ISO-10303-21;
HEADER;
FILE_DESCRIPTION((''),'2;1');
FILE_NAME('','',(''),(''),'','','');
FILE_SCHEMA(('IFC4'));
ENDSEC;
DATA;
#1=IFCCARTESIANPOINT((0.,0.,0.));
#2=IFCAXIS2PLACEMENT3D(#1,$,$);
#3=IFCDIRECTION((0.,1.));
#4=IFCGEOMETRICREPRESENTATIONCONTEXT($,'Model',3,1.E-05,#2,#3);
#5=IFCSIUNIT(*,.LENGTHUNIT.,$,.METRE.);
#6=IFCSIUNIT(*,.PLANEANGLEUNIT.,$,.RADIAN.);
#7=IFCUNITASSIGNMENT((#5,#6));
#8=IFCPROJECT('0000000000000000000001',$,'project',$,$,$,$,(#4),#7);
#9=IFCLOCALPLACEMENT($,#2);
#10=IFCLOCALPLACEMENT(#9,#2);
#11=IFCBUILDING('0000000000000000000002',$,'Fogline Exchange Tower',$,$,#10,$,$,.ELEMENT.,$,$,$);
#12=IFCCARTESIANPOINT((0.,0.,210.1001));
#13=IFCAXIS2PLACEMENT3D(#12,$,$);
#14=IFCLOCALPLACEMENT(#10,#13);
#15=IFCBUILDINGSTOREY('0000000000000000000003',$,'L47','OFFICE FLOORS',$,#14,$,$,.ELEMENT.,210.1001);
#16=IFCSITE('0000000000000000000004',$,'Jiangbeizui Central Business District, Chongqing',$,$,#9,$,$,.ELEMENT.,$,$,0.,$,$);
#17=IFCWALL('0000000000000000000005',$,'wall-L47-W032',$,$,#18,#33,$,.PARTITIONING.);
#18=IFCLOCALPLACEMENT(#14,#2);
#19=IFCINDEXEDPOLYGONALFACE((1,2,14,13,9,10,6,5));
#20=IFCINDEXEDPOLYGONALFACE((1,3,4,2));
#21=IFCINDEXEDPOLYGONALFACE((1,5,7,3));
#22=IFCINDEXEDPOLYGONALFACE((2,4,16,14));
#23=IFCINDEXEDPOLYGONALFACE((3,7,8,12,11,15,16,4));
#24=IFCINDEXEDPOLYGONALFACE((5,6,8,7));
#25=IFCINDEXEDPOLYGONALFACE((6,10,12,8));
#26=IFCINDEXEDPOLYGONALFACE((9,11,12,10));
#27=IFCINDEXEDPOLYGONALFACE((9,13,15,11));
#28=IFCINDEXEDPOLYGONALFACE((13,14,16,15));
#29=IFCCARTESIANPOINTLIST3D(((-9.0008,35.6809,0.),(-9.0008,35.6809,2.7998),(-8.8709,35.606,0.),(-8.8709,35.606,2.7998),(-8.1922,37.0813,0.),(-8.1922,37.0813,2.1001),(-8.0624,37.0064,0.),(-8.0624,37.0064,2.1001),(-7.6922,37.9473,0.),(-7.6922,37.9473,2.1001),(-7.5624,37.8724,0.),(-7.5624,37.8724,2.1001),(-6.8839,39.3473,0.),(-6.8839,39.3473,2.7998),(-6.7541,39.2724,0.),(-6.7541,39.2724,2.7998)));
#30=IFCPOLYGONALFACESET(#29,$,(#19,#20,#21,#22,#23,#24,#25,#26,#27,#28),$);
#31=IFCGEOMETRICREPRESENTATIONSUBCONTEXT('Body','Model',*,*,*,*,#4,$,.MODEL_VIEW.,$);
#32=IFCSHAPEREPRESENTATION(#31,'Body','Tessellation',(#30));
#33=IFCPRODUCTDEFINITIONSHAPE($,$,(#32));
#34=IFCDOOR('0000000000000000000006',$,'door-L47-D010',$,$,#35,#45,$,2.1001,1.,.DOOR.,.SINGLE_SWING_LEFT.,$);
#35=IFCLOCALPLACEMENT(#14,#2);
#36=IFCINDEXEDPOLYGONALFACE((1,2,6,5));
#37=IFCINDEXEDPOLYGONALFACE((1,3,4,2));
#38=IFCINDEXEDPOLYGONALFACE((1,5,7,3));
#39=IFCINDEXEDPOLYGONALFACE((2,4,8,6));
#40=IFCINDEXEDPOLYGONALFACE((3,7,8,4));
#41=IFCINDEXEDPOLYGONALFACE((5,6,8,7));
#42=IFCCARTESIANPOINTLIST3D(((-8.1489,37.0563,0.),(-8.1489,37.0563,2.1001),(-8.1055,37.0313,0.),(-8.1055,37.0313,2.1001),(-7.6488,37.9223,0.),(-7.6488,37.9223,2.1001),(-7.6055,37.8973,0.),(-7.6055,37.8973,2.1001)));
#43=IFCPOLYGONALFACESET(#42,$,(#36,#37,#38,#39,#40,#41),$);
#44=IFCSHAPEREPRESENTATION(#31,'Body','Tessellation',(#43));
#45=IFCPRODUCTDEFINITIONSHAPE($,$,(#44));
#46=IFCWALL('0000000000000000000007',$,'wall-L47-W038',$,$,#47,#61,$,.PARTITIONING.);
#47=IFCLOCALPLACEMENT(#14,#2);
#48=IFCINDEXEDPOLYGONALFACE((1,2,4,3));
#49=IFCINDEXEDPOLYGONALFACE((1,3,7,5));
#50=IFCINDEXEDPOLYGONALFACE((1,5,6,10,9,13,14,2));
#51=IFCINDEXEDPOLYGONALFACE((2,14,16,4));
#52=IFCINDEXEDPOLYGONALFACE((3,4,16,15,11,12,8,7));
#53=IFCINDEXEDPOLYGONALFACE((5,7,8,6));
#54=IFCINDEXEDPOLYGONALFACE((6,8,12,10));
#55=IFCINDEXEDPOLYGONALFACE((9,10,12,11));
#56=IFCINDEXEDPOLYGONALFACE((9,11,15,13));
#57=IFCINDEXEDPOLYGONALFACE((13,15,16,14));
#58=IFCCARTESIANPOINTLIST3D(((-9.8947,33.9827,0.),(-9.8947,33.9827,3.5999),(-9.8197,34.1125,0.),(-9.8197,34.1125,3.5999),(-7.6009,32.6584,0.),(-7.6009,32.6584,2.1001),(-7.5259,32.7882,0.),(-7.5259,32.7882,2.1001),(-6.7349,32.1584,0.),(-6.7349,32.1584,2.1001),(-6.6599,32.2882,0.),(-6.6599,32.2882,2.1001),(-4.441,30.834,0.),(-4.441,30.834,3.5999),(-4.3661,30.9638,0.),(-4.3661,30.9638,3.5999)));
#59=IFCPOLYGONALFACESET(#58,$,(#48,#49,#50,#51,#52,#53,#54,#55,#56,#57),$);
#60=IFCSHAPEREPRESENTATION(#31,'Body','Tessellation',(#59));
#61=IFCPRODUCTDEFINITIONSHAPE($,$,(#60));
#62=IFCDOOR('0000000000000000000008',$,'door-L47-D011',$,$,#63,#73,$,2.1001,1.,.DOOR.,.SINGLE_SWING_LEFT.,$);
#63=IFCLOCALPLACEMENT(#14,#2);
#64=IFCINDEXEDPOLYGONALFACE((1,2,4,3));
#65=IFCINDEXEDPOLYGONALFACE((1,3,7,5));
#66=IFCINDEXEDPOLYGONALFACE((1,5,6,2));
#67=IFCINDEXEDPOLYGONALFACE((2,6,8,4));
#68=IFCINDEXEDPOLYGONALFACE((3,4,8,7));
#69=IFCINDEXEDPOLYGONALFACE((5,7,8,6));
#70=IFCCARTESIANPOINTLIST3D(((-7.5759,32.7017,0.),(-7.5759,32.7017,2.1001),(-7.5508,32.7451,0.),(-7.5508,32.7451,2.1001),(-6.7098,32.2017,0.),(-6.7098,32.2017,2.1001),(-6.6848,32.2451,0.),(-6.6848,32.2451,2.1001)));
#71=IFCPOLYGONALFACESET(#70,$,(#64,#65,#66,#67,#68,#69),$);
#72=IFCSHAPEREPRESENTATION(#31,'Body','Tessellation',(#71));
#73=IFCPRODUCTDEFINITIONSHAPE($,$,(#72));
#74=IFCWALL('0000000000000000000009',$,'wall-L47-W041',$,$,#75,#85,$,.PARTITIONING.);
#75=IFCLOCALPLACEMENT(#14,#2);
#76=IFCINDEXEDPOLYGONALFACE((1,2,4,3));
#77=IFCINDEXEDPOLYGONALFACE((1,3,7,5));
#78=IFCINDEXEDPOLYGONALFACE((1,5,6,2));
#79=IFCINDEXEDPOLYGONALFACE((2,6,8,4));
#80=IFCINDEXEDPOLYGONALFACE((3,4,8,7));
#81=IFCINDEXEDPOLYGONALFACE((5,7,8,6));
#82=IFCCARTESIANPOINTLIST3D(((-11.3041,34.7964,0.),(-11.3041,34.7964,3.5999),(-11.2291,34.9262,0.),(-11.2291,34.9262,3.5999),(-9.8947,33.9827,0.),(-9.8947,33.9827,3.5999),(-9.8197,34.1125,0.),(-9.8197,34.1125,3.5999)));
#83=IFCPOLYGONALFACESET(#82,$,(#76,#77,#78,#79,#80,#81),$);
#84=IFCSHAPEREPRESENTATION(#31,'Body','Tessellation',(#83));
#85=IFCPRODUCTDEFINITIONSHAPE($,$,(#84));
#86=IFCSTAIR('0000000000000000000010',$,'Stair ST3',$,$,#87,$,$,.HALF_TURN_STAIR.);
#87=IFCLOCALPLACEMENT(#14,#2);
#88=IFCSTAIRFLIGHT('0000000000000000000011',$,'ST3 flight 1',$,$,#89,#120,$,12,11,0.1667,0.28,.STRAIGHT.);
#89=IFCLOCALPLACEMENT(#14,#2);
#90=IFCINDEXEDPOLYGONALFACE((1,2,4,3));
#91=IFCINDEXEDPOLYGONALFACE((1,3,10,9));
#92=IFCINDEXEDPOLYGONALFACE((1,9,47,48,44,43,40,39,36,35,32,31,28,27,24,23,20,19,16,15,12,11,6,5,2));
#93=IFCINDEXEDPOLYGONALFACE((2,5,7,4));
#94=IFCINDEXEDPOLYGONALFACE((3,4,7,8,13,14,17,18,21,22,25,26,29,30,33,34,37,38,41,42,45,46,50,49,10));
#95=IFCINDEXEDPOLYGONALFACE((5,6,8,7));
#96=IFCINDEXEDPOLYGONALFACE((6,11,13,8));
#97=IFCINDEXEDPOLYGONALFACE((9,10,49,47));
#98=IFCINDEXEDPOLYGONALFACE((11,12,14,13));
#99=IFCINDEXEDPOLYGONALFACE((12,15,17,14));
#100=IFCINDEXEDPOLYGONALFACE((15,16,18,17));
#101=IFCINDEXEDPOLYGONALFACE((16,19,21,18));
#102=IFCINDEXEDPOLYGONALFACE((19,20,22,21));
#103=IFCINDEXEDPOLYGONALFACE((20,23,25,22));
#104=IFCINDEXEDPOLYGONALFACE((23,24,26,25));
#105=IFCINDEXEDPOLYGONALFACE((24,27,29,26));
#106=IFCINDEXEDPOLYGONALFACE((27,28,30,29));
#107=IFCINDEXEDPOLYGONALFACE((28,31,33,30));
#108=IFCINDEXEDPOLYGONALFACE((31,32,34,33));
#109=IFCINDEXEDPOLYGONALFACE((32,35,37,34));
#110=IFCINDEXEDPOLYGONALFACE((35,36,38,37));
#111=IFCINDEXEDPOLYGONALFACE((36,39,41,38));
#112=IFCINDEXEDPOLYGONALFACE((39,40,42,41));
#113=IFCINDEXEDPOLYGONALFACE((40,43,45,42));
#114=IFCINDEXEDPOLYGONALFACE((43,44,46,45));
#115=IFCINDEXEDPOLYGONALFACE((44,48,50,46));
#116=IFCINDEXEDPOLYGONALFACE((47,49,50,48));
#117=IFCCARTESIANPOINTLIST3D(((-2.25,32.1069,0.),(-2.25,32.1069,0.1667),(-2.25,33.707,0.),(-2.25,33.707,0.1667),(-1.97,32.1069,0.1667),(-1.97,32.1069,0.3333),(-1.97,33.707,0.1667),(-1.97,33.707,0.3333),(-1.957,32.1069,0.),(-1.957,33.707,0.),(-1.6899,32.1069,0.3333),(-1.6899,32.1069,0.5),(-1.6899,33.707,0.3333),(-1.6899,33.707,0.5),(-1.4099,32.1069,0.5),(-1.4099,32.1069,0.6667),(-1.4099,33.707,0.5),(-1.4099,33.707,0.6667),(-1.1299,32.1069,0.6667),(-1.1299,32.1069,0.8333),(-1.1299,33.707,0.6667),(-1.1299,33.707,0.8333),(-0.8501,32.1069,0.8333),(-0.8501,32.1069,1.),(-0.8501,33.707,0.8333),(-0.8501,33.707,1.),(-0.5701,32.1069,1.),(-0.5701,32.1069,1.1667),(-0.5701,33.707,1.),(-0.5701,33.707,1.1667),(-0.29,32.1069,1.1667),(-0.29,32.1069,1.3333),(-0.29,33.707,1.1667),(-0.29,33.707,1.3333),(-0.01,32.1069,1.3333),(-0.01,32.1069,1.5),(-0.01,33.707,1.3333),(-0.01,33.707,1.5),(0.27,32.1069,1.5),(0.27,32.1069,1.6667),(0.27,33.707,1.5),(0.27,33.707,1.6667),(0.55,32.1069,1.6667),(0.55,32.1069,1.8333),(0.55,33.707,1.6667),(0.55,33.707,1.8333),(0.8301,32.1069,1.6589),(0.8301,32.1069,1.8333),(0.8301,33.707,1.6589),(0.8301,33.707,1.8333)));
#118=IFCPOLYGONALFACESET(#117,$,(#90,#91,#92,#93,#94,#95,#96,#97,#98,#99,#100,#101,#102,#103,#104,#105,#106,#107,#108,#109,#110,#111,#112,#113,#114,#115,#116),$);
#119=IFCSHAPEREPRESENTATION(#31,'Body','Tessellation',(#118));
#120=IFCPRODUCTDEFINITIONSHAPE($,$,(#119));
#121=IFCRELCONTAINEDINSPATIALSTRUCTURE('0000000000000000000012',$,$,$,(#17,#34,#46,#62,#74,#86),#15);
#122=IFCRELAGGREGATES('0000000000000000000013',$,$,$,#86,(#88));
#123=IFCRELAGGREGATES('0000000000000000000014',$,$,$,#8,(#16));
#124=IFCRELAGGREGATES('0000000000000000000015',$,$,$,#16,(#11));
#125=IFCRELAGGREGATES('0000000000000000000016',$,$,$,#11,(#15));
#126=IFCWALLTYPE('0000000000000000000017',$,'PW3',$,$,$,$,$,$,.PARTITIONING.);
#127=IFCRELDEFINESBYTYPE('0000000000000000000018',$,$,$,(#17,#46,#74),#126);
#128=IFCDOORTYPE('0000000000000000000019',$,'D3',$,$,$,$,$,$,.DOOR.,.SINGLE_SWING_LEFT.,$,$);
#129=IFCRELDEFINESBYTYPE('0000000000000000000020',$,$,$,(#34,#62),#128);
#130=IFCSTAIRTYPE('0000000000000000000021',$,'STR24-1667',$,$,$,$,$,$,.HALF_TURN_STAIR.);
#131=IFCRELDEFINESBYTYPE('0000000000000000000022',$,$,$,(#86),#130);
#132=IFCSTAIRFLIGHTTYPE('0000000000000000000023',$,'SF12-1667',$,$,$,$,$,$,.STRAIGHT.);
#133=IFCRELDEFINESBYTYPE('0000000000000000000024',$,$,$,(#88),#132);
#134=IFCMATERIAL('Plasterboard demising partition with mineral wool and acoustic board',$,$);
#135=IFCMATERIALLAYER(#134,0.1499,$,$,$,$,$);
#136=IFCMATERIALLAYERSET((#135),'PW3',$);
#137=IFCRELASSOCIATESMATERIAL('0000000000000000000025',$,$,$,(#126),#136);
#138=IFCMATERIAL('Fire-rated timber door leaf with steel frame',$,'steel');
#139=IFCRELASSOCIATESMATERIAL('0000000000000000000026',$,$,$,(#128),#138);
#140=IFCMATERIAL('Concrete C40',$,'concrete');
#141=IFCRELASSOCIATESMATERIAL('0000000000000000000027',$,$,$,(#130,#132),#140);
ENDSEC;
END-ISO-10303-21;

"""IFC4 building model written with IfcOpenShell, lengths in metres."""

from ifc_helpers import new_model, si_unit, direction, frame, frame_2d, origin, place, context, subcontext, project, spatial, polyline, rectangle, outline, extrude, material, layer, layer_set, type_object, element, fill, aggregate, save


model = new_model("IFC4")

# Units and contexts
model_context = context("Model", 3, precision=1e-05, world=origin(), true_north=direction((0.0, 1.0)))
body_context = subcontext(model_context, "Body", "Model", "MODEL_VIEW")
ifc_project = project(units=[si_unit("LENGTHUNIT", "METRE"), si_unit("PLANEANGLEUNIT", "RADIAN")], contexts=[model_context])

# Site, building, storey
site_placement = place(None, origin())
site = spatial("IfcSite", under=ifc_project, at=site_placement, Name="Jiangbeizui Central Business District, Chongqing", CompositionType="ELEMENT", RefElevation=0.0)
building_placement = place(site_placement, origin())
building = spatial("IfcBuilding", under=site, at=building_placement, Name="Fogline Exchange Tower", CompositionType="ELEMENT")
storey_placement = place(building_placement, frame((0.0, 0.0, 210.1001)))
storey = spatial("IfcBuildingStorey", under=building, at=storey_placement, Name="L47", Description="OFFICE FLOORS", CompositionType="ELEMENT", Elevation=210.1001)

# Shared definitions
ifc_material_1 = material(Name="Concrete C40", Category="concrete")

# Shared definitions
ifc_material_2 = material(Name="Plasterboard demising partition with mineral wool and acoustic board")
ifc_layer_1 = layer(ifc_material_2, 0.1499)
ifc_layer_set_1 = layer_set([ifc_layer_1], Name="PW3")
wall_type_1 = type_object("IfcWallType", Name="PW3", PredefinedType="PARTITIONING", material=ifc_layer_set_1)

# Walls, openings, doors
wall_1_placement = place(storey_placement, frame((-8.9358, 35.6436, 0.0), z_axis=(0.0, 0.0, 1.0), x_axis=(0.500015, 0.866017, 0.0)))
wall_1 = element("IfcWall", 1, at=wall_1_placement, inside=storey, type_object=wall_type_1, Name="wall-L47-W032", PredefinedType="PARTITIONING", context=body_context, shape_type="SweptSolid", body=[
    extrude(rectangle(XDim=4.2336, YDim=0.1499, at=frame_2d((2.1167, 0.0))), origin(), (0.0, 0.0, 1.0), 2.7998),
])
opening_1_placement = place(wall_1_placement, frame((1.6169, 0.0, 0.0)))
opening_1 = element("IfcOpeningElement", 2, at=opening_1_placement, cuts=wall_1, PredefinedType="OPENING", context=body_context, shape_type="SweptSolid", body=[
    extrude(rectangle(XDim=1.0, YDim=2.1001, at=frame_2d((0.5, 1.05))), frame((0.0, 0.085, 0.0), z_axis=(0.0, -1.0, 0.0), x_axis=(1.0, 0.0, 0.0)), (0.0, 0.0, 1.0), 0.1699),
])
ifc_material_3 = material(Name="Fire-rated timber door leaf with steel frame", Category="steel")
door_type_1 = type_object("IfcDoorType", Name="D3", OperationType="SINGLE_SWING_LEFT", PredefinedType="DOOR", material=ifc_material_3)
door_1_placement = place(opening_1_placement, origin())
door_1 = element("IfcDoor", 3, at=door_1_placement, inside=storey, type_object=door_type_1, Name="door-L47-D010", OperationType="SINGLE_SWING_LEFT", OverallHeight=2.1001, OverallWidth=1.0, PredefinedType="DOOR", context=body_context, shape_type="SweptSolid", body=[
    extrude(rectangle(XDim=1.0, YDim=2.1001, at=frame_2d((0.5, 1.05))), frame((0.0, 0.0249, 0.0), z_axis=(0.0, -1.0, 0.0), x_axis=(1.0, 0.0, 0.0)), (0.0, 0.0, 1.0), 0.05),
])
fill(opening_1, door_1)
wall_2_placement = place(storey_placement, frame((-4.4036, 30.8989, 0.0), z_axis=(0.0, 0.0, 1.0), x_axis=(-0.866023, 0.500004, 0.0)))
wall_2 = element("IfcWall", 4, at=wall_2_placement, inside=storey, type_object=wall_type_1, Name="wall-L47-W038", PredefinedType="PARTITIONING", context=body_context, shape_type="SweptSolid", body=[
    extrude(rectangle(XDim=6.2974, YDim=0.1499, at=frame_2d((3.1487, 0.0))), origin(), (0.0, 0.0, 1.0), 3.5999),
])
opening_2_placement = place(wall_2_placement, frame((2.6487, 0.0, 0.0)))
opening_2 = element("IfcOpeningElement", 5, at=opening_2_placement, cuts=wall_2, PredefinedType="OPENING", context=body_context, shape_type="SweptSolid", body=[
    extrude(rectangle(XDim=1.0, YDim=2.1001, at=frame_2d((0.5, 1.05))), frame((0.0, 0.085, 0.0), z_axis=(0.0, -1.0, 0.0), x_axis=(1.0, 0.0, 0.0)), (0.0, 0.0, 1.0), 0.1699),
])
door_2_placement = place(opening_2_placement, origin())
door_2 = element("IfcDoor", 6, at=door_2_placement, inside=storey, type_object=door_type_1, Name="door-L47-D011", OperationType="SINGLE_SWING_LEFT", OverallHeight=2.1001, OverallWidth=1.0, PredefinedType="DOOR", context=body_context, shape_type="SweptSolid", body=[
    extrude(rectangle(XDim=1.0, YDim=2.1001, at=frame_2d((0.5, 1.05))), frame((0.0, 0.0249, 0.0), z_axis=(0.0, -1.0, 0.0), x_axis=(1.0, 0.0, 0.0)), (0.0, 0.0, 1.0), 0.05),
])
fill(opening_2, door_2)

# Wall
wall_3_placement = place(storey_placement, frame((-9.8572, 34.0476, 0.0), z_axis=(0.0, 0.0, 1.0), x_axis=(-0.866028, 0.499995, 0.0)))
element("IfcWall", 7, at=wall_3_placement, inside=storey, type_object=wall_type_1, Name="wall-L47-W041", PredefinedType="PARTITIONING", context=body_context, shape_type="SweptSolid", body=[
    extrude(rectangle(XDim=1.6274, YDim=0.1499, at=frame_2d((0.8137, 0.0))), origin(), (0.0, 0.0, 1.0), 3.5999),
])

# Stair, stair flight
stair_type = type_object("IfcStairType", Name="STR24-1667", PredefinedType="HALF_TURN_STAIR", material=ifc_material_1)
stair_placement = place(storey_placement, origin())
stair = element("IfcStair", 8, at=stair_placement, inside=storey, type_object=stair_type, Name="Stair ST3", PredefinedType="HALF_TURN_STAIR")
stair_flight_type = type_object("IfcStairFlightType", Name="SF12-1667", PredefinedType="STRAIGHT", material=ifc_material_1)
stair_flight_placement = place(storey_placement, frame((-2.25, 32.907, 0.0), z_axis=(0.0, 0.0, 1.0), x_axis=(1.0, 0.0, 0.0)))
stair_flight = element("IfcStairFlight", 9, at=stair_flight_placement, type_object=stair_flight_type, Name="ST3 flight 1", NumberOfRisers=12, NumberOfTreads=11, PredefinedType="STRAIGHT", RiserHeight=0.1667, TreadLength=0.28, context=body_context, shape_type="SweptSolid", body=[
    extrude(outline(polyline([(0.0, 0.0), (0.0, 0.1667), (0.28, 0.1667), (0.28, 0.3333), (0.5601, 0.3333), (0.5601, 0.5), (0.8401, 0.5), (0.8401, 0.6667), (1.1201, 0.6667), (1.1201, 0.8333), (1.3999, 0.8333), (1.3999, 1.0), (1.6799, 1.0), (1.6799, 1.1667), (1.96, 1.1667), (1.96, 1.3333), (2.24, 1.3333), (2.24, 1.5), (2.52, 1.5), (2.52, 1.6667), (2.8, 1.6667), (2.8, 1.8333), (3.0801, 1.8333), (3.0801, 2.0), (3.0801, 1.6589), (0.293, 0.0), (0.0, 0.0)])), frame((0.0, 0.8, 0.0), z_axis=(0.0, -1.0, 0.0), x_axis=(1.0, 0.0, 0.0)), (0.0, 0.0, 1.0), 1.6001),
])
aggregate(stair, [stair_flight])

save(model, "model.ifc")
